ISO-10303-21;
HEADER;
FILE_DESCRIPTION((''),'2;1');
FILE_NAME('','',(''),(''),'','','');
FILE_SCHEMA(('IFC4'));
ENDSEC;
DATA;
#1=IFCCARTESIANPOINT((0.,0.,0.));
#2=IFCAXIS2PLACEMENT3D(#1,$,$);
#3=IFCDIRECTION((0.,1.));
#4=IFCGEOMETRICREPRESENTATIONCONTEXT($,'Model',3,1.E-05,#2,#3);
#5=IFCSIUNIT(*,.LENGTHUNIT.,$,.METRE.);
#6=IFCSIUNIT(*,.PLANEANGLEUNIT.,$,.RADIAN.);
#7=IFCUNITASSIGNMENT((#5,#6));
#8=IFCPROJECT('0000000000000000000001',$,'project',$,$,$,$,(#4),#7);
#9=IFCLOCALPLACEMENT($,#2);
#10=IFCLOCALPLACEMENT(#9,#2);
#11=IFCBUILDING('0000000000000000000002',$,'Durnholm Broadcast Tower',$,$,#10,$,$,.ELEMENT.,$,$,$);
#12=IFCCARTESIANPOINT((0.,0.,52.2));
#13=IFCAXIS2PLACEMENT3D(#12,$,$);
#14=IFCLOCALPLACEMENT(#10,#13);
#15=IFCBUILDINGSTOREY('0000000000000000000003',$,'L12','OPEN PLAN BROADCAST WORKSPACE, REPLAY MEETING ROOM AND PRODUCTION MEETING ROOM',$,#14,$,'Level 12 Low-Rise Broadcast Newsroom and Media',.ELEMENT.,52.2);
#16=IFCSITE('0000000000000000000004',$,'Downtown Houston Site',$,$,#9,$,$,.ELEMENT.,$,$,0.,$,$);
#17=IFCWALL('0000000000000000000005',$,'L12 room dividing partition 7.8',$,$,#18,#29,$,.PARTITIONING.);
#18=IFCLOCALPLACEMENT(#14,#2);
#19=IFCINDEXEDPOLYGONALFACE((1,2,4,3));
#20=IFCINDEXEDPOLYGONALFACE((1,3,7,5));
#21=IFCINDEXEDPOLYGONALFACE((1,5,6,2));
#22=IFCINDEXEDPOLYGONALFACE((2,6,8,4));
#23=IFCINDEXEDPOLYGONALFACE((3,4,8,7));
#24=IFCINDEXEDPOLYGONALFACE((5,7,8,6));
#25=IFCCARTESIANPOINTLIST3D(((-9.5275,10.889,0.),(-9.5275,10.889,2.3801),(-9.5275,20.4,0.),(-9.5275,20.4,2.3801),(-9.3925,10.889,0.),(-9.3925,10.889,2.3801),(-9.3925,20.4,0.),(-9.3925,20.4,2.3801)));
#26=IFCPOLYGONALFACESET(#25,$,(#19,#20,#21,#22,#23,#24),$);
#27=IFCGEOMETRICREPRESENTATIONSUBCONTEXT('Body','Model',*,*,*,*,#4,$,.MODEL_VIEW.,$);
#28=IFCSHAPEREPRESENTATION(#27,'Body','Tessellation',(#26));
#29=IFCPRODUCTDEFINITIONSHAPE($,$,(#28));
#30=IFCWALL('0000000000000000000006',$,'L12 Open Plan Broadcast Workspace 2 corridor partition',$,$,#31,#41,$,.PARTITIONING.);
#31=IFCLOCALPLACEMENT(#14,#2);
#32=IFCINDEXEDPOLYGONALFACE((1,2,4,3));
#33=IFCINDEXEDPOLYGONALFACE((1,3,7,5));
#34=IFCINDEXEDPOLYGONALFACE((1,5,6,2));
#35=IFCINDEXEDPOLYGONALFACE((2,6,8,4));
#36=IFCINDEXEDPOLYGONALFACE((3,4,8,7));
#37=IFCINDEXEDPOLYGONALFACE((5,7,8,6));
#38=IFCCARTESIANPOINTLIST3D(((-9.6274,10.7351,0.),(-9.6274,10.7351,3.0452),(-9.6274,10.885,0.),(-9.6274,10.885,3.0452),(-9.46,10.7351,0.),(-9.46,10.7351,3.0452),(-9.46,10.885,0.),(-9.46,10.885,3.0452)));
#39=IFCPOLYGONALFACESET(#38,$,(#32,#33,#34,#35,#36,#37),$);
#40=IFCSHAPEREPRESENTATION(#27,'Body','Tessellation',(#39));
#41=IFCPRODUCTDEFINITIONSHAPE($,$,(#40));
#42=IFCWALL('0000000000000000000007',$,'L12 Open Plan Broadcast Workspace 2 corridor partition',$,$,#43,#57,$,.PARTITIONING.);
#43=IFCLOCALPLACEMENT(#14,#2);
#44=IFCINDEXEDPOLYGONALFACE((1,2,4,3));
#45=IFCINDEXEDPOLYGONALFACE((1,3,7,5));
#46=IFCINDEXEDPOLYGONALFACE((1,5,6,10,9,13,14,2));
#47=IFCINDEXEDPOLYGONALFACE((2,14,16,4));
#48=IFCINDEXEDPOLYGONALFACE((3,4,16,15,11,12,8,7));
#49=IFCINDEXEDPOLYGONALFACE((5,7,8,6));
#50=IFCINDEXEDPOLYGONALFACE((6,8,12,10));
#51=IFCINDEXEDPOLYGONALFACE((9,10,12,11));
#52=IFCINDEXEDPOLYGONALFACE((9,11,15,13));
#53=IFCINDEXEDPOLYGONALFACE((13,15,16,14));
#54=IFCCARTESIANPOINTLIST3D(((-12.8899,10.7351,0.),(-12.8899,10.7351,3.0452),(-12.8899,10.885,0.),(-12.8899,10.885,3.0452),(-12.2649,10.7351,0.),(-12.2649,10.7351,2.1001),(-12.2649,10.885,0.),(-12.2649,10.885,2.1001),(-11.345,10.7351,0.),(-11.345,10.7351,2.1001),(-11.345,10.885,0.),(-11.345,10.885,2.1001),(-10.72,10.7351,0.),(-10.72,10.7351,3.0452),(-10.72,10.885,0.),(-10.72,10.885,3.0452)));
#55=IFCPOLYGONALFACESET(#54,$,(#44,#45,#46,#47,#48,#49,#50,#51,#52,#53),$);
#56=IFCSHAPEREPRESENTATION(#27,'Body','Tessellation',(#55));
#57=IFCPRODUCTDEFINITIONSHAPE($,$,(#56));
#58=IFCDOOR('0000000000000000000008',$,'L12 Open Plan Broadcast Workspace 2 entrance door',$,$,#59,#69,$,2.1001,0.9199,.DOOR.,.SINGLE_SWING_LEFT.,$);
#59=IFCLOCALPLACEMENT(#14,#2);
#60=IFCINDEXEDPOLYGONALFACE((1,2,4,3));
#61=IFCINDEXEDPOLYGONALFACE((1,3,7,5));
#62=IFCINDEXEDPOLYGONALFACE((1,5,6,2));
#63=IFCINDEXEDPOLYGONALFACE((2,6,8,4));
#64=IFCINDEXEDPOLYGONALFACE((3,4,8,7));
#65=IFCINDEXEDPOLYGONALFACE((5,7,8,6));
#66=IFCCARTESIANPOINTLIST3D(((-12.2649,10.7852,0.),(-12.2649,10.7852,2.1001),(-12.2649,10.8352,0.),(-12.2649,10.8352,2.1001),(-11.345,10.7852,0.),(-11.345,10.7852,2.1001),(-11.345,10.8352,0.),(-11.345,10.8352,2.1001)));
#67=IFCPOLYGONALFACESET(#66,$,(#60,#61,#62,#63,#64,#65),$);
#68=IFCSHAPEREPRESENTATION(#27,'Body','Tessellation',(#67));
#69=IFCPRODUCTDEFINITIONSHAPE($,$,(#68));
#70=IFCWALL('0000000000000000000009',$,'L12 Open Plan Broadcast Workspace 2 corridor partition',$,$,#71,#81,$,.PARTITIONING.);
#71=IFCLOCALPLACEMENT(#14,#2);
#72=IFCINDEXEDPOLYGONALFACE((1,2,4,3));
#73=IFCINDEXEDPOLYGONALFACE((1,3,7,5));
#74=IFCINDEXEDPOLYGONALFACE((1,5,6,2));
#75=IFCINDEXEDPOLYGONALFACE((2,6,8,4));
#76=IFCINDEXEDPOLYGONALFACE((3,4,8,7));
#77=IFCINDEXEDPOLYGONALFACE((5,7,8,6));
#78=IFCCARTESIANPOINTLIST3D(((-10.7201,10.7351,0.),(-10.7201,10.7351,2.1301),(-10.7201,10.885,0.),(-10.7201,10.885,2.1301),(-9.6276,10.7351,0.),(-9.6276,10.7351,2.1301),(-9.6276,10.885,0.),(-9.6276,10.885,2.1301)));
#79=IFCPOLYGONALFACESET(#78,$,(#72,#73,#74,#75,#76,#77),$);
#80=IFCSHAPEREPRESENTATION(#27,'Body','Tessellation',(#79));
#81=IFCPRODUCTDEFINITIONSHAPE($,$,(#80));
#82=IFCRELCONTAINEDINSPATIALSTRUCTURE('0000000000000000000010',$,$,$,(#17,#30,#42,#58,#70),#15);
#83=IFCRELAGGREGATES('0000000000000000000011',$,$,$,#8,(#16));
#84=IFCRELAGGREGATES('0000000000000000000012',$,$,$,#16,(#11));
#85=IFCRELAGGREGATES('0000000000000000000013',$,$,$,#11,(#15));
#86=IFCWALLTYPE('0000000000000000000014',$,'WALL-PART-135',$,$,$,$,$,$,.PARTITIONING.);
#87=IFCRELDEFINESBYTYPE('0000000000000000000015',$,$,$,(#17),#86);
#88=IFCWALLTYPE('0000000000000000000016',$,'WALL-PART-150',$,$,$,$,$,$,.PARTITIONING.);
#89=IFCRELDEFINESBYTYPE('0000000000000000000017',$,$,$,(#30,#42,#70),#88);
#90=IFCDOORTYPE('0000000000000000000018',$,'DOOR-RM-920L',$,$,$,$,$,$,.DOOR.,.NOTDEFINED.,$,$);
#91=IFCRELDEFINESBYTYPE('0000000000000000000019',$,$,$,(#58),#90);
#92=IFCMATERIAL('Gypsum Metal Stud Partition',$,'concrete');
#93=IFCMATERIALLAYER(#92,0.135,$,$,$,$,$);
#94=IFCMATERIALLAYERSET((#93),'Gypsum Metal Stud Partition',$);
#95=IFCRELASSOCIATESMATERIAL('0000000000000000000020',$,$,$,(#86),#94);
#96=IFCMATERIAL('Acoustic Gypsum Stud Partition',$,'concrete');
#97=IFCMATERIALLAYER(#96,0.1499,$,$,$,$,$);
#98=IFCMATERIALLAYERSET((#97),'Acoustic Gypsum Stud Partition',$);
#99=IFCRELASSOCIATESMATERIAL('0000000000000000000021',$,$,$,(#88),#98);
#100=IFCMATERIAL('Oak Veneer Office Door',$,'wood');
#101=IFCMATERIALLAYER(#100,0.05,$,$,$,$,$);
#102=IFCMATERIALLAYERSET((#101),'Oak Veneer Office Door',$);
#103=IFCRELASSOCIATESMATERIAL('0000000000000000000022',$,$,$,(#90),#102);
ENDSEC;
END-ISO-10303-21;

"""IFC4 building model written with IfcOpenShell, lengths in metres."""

from ifc_helpers import new_model, si_unit, direction, frame, frame_2d, origin, place, context, subcontext, project, spatial, rectangle, extrude, source, transform, mapped, material, layer, layer_set, type_object, type_shapes, element, fill, save


model = new_model("IFC4")

# Units and contexts
model_context = context("Model", 3, precision=1e-05, world=origin(), true_north=direction((0.0, 1.0)))
body_context = subcontext(model_context, "Body", "Model", "MODEL_VIEW")
ifc_project = project(units=[si_unit("LENGTHUNIT", "METRE"), si_unit("PLANEANGLEUNIT", "RADIAN")], contexts=[model_context])

# Site, building, storey
site_placement = place(None, origin())
site = spatial("IfcSite", under=ifc_project, at=site_placement, Name="Downtown Houston Site", CompositionType="ELEMENT", RefElevation=0.0)
building_placement = place(site_placement, origin())
building = spatial("IfcBuilding", under=site, at=building_placement, Name="Durnholm Broadcast Tower", CompositionType="ELEMENT")
storey_placement = place(building_placement, frame((0.0, 0.0, 52.2)))
storey = spatial("IfcBuildingStorey", under=building, at=storey_placement, Name="L12", Description="OPEN PLAN BROADCAST WORKSPACE, REPLAY MEETING ROOM AND PRODUCTION MEETING ROOM", LongName="Level 12 Low-Rise Broadcast Newsroom and Media", CompositionType="ELEMENT", Elevation=52.2)

# Walls
ifc_material_1 = material(Name="Gypsum Metal Stud Partition", Category="concrete")
ifc_layer_1 = layer(ifc_material_1, 0.135)
ifc_layer_set_1 = layer_set([ifc_layer_1], Name="Gypsum Metal Stud Partition")
wall_type_1 = type_object("IfcWallType", Name="WALL-PART-135", PredefinedType="PARTITIONING", material=ifc_layer_set_1)
wall_1_placement = place(storey_placement, frame((-9.46, 20.3999, 0.0), z_axis=(0.0, 0.0, 1.0), x_axis=(0.0, -1.0, 0.0)))
element("IfcWall", 1, at=wall_1_placement, inside=storey, type_object=wall_type_1, Name="L12 room dividing partition 7.8", PredefinedType="PARTITIONING", context=body_context, shape_type="SweptSolid", body=[
    extrude(rectangle(XDim=9.511, YDim=0.135, at=frame_2d((4.7554, 0.0))), origin(), (0.0, 0.0, 1.0), 2.3801),
])
ifc_material_2 = material(Name="Acoustic Gypsum Stud Partition", Category="concrete")
ifc_layer_2 = layer(ifc_material_2, 0.1499)
ifc_layer_set_2 = layer_set([ifc_layer_2], Name="Acoustic Gypsum Stud Partition")
wall_type_2 = type_object("IfcWallType", Name="WALL-PART-150", PredefinedType="PARTITIONING", material=ifc_layer_set_2)
wall_2_placement = place(storey_placement, frame((-9.46, 10.8101, 0.0), z_axis=(0.0, 0.0, 1.0), x_axis=(-1.0, 0.0, 0.0)))
element("IfcWall", 2, at=wall_2_placement, inside=storey, type_object=wall_type_2, Name="L12 Open Plan Broadcast Workspace 2 corridor partition", PredefinedType="PARTITIONING", context=body_context, shape_type="SweptSolid", body=[
    extrude(rectangle(XDim=0.1675, YDim=0.1499, at=frame_2d((0.0837, 0.0))), origin(), (0.0, 0.0, 1.0), 3.0452),
])

# Wall, opening, door
wall_3_placement = place(storey_placement, frame((-10.72, 10.8101, 0.0), z_axis=(0.0, 0.0, 1.0), x_axis=(-1.0, 0.0, 0.0)))
wall_3 = element("IfcWall", 3, at=wall_3_placement, inside=storey, type_object=wall_type_2, Name="L12 Open Plan Broadcast Workspace 2 corridor partition", PredefinedType="PARTITIONING", context=body_context, shape_type="SweptSolid", body=[
    extrude(rectangle(XDim=2.1699, YDim=0.1499, at=frame_2d((1.085, 0.0))), origin(), (0.0, 0.0, 1.0), 3.0452),
])
opening_placement = place(wall_3_placement, frame((0.625, 0.0, 0.0)))
opening = element("IfcOpeningElement", 4, at=opening_placement, cuts=wall_3, PredefinedType="OPENING", context=body_context, shape_type="SweptSolid", body=[
    extrude(rectangle(XDim=0.9199, YDim=2.1001, at=frame_2d((0.46, 1.05))), frame((0.0, 0.085, 0.0), z_axis=(0.0, -1.0, 0.0), x_axis=(1.0, 0.0, 0.0)), (0.0, 0.0, 1.0), 0.1699),
])
ifc_material_3 = material(Name="Oak Veneer Office Door", Category="wood")
ifc_layer_3 = layer(ifc_material_3, 0.05)
ifc_layer_set_3 = layer_set([ifc_layer_3], Name="Oak Veneer Office Door")
door_type = type_object("IfcDoorType", Name="DOOR-RM-920L", OperationType="NOTDEFINED", PredefinedType="DOOR", material=ifc_layer_set_3)
shared_shape_1 = source(origin(), body_context, "Body", "SweptSolid", [
    extrude(rectangle(XDim=0.9199, YDim=2.1001, at=frame_2d((0.46, 1.05))), frame((0.0, 0.0249, 0.0), z_axis=(0.0, -1.0, 0.0), x_axis=(1.0, 0.0, 0.0)), (0.0, 0.0, 1.0), 0.05),
])
type_shapes(door_type, [shared_shape_1])
door_placement = place(opening_placement, origin())
door = element("IfcDoor", 5, at=door_placement, inside=storey, type_object=door_type, Name="L12 Open Plan Broadcast Workspace 2 entrance door", OperationType="SINGLE_SWING_LEFT", OverallHeight=2.1001, OverallWidth=0.9199, PredefinedType="DOOR", context=body_context, shape_type="MappedRepresentation", body=[
    mapped(shared_shape_1, transform((0.0, 0.0, 0.0), x_axis=(1.0, 0.0, 0.0), y_axis=(0.0, 1.0, 0.0), z_axis=(0.0, 0.0, 1.0), scale=1.0)),
])
fill(opening, door)

# Wall
wall_4_placement = place(storey_placement, frame((-9.6274, 10.8101, 0.0), z_axis=(0.0, 0.0, 1.0), x_axis=(-1.0, 0.0, 0.0)))
element("IfcWall", 6, at=wall_4_placement, inside=storey, type_object=wall_type_2, Name="L12 Open Plan Broadcast Workspace 2 corridor partition", PredefinedType="PARTITIONING", context=body_context, shape_type="SweptSolid", body=[
    extrude(rectangle(XDim=1.0925, YDim=0.1499, at=frame_2d((0.5464, 0.0))), origin(), (0.0, 0.0, 1.0), 2.1301),
])

save(model, "model.ifc")
